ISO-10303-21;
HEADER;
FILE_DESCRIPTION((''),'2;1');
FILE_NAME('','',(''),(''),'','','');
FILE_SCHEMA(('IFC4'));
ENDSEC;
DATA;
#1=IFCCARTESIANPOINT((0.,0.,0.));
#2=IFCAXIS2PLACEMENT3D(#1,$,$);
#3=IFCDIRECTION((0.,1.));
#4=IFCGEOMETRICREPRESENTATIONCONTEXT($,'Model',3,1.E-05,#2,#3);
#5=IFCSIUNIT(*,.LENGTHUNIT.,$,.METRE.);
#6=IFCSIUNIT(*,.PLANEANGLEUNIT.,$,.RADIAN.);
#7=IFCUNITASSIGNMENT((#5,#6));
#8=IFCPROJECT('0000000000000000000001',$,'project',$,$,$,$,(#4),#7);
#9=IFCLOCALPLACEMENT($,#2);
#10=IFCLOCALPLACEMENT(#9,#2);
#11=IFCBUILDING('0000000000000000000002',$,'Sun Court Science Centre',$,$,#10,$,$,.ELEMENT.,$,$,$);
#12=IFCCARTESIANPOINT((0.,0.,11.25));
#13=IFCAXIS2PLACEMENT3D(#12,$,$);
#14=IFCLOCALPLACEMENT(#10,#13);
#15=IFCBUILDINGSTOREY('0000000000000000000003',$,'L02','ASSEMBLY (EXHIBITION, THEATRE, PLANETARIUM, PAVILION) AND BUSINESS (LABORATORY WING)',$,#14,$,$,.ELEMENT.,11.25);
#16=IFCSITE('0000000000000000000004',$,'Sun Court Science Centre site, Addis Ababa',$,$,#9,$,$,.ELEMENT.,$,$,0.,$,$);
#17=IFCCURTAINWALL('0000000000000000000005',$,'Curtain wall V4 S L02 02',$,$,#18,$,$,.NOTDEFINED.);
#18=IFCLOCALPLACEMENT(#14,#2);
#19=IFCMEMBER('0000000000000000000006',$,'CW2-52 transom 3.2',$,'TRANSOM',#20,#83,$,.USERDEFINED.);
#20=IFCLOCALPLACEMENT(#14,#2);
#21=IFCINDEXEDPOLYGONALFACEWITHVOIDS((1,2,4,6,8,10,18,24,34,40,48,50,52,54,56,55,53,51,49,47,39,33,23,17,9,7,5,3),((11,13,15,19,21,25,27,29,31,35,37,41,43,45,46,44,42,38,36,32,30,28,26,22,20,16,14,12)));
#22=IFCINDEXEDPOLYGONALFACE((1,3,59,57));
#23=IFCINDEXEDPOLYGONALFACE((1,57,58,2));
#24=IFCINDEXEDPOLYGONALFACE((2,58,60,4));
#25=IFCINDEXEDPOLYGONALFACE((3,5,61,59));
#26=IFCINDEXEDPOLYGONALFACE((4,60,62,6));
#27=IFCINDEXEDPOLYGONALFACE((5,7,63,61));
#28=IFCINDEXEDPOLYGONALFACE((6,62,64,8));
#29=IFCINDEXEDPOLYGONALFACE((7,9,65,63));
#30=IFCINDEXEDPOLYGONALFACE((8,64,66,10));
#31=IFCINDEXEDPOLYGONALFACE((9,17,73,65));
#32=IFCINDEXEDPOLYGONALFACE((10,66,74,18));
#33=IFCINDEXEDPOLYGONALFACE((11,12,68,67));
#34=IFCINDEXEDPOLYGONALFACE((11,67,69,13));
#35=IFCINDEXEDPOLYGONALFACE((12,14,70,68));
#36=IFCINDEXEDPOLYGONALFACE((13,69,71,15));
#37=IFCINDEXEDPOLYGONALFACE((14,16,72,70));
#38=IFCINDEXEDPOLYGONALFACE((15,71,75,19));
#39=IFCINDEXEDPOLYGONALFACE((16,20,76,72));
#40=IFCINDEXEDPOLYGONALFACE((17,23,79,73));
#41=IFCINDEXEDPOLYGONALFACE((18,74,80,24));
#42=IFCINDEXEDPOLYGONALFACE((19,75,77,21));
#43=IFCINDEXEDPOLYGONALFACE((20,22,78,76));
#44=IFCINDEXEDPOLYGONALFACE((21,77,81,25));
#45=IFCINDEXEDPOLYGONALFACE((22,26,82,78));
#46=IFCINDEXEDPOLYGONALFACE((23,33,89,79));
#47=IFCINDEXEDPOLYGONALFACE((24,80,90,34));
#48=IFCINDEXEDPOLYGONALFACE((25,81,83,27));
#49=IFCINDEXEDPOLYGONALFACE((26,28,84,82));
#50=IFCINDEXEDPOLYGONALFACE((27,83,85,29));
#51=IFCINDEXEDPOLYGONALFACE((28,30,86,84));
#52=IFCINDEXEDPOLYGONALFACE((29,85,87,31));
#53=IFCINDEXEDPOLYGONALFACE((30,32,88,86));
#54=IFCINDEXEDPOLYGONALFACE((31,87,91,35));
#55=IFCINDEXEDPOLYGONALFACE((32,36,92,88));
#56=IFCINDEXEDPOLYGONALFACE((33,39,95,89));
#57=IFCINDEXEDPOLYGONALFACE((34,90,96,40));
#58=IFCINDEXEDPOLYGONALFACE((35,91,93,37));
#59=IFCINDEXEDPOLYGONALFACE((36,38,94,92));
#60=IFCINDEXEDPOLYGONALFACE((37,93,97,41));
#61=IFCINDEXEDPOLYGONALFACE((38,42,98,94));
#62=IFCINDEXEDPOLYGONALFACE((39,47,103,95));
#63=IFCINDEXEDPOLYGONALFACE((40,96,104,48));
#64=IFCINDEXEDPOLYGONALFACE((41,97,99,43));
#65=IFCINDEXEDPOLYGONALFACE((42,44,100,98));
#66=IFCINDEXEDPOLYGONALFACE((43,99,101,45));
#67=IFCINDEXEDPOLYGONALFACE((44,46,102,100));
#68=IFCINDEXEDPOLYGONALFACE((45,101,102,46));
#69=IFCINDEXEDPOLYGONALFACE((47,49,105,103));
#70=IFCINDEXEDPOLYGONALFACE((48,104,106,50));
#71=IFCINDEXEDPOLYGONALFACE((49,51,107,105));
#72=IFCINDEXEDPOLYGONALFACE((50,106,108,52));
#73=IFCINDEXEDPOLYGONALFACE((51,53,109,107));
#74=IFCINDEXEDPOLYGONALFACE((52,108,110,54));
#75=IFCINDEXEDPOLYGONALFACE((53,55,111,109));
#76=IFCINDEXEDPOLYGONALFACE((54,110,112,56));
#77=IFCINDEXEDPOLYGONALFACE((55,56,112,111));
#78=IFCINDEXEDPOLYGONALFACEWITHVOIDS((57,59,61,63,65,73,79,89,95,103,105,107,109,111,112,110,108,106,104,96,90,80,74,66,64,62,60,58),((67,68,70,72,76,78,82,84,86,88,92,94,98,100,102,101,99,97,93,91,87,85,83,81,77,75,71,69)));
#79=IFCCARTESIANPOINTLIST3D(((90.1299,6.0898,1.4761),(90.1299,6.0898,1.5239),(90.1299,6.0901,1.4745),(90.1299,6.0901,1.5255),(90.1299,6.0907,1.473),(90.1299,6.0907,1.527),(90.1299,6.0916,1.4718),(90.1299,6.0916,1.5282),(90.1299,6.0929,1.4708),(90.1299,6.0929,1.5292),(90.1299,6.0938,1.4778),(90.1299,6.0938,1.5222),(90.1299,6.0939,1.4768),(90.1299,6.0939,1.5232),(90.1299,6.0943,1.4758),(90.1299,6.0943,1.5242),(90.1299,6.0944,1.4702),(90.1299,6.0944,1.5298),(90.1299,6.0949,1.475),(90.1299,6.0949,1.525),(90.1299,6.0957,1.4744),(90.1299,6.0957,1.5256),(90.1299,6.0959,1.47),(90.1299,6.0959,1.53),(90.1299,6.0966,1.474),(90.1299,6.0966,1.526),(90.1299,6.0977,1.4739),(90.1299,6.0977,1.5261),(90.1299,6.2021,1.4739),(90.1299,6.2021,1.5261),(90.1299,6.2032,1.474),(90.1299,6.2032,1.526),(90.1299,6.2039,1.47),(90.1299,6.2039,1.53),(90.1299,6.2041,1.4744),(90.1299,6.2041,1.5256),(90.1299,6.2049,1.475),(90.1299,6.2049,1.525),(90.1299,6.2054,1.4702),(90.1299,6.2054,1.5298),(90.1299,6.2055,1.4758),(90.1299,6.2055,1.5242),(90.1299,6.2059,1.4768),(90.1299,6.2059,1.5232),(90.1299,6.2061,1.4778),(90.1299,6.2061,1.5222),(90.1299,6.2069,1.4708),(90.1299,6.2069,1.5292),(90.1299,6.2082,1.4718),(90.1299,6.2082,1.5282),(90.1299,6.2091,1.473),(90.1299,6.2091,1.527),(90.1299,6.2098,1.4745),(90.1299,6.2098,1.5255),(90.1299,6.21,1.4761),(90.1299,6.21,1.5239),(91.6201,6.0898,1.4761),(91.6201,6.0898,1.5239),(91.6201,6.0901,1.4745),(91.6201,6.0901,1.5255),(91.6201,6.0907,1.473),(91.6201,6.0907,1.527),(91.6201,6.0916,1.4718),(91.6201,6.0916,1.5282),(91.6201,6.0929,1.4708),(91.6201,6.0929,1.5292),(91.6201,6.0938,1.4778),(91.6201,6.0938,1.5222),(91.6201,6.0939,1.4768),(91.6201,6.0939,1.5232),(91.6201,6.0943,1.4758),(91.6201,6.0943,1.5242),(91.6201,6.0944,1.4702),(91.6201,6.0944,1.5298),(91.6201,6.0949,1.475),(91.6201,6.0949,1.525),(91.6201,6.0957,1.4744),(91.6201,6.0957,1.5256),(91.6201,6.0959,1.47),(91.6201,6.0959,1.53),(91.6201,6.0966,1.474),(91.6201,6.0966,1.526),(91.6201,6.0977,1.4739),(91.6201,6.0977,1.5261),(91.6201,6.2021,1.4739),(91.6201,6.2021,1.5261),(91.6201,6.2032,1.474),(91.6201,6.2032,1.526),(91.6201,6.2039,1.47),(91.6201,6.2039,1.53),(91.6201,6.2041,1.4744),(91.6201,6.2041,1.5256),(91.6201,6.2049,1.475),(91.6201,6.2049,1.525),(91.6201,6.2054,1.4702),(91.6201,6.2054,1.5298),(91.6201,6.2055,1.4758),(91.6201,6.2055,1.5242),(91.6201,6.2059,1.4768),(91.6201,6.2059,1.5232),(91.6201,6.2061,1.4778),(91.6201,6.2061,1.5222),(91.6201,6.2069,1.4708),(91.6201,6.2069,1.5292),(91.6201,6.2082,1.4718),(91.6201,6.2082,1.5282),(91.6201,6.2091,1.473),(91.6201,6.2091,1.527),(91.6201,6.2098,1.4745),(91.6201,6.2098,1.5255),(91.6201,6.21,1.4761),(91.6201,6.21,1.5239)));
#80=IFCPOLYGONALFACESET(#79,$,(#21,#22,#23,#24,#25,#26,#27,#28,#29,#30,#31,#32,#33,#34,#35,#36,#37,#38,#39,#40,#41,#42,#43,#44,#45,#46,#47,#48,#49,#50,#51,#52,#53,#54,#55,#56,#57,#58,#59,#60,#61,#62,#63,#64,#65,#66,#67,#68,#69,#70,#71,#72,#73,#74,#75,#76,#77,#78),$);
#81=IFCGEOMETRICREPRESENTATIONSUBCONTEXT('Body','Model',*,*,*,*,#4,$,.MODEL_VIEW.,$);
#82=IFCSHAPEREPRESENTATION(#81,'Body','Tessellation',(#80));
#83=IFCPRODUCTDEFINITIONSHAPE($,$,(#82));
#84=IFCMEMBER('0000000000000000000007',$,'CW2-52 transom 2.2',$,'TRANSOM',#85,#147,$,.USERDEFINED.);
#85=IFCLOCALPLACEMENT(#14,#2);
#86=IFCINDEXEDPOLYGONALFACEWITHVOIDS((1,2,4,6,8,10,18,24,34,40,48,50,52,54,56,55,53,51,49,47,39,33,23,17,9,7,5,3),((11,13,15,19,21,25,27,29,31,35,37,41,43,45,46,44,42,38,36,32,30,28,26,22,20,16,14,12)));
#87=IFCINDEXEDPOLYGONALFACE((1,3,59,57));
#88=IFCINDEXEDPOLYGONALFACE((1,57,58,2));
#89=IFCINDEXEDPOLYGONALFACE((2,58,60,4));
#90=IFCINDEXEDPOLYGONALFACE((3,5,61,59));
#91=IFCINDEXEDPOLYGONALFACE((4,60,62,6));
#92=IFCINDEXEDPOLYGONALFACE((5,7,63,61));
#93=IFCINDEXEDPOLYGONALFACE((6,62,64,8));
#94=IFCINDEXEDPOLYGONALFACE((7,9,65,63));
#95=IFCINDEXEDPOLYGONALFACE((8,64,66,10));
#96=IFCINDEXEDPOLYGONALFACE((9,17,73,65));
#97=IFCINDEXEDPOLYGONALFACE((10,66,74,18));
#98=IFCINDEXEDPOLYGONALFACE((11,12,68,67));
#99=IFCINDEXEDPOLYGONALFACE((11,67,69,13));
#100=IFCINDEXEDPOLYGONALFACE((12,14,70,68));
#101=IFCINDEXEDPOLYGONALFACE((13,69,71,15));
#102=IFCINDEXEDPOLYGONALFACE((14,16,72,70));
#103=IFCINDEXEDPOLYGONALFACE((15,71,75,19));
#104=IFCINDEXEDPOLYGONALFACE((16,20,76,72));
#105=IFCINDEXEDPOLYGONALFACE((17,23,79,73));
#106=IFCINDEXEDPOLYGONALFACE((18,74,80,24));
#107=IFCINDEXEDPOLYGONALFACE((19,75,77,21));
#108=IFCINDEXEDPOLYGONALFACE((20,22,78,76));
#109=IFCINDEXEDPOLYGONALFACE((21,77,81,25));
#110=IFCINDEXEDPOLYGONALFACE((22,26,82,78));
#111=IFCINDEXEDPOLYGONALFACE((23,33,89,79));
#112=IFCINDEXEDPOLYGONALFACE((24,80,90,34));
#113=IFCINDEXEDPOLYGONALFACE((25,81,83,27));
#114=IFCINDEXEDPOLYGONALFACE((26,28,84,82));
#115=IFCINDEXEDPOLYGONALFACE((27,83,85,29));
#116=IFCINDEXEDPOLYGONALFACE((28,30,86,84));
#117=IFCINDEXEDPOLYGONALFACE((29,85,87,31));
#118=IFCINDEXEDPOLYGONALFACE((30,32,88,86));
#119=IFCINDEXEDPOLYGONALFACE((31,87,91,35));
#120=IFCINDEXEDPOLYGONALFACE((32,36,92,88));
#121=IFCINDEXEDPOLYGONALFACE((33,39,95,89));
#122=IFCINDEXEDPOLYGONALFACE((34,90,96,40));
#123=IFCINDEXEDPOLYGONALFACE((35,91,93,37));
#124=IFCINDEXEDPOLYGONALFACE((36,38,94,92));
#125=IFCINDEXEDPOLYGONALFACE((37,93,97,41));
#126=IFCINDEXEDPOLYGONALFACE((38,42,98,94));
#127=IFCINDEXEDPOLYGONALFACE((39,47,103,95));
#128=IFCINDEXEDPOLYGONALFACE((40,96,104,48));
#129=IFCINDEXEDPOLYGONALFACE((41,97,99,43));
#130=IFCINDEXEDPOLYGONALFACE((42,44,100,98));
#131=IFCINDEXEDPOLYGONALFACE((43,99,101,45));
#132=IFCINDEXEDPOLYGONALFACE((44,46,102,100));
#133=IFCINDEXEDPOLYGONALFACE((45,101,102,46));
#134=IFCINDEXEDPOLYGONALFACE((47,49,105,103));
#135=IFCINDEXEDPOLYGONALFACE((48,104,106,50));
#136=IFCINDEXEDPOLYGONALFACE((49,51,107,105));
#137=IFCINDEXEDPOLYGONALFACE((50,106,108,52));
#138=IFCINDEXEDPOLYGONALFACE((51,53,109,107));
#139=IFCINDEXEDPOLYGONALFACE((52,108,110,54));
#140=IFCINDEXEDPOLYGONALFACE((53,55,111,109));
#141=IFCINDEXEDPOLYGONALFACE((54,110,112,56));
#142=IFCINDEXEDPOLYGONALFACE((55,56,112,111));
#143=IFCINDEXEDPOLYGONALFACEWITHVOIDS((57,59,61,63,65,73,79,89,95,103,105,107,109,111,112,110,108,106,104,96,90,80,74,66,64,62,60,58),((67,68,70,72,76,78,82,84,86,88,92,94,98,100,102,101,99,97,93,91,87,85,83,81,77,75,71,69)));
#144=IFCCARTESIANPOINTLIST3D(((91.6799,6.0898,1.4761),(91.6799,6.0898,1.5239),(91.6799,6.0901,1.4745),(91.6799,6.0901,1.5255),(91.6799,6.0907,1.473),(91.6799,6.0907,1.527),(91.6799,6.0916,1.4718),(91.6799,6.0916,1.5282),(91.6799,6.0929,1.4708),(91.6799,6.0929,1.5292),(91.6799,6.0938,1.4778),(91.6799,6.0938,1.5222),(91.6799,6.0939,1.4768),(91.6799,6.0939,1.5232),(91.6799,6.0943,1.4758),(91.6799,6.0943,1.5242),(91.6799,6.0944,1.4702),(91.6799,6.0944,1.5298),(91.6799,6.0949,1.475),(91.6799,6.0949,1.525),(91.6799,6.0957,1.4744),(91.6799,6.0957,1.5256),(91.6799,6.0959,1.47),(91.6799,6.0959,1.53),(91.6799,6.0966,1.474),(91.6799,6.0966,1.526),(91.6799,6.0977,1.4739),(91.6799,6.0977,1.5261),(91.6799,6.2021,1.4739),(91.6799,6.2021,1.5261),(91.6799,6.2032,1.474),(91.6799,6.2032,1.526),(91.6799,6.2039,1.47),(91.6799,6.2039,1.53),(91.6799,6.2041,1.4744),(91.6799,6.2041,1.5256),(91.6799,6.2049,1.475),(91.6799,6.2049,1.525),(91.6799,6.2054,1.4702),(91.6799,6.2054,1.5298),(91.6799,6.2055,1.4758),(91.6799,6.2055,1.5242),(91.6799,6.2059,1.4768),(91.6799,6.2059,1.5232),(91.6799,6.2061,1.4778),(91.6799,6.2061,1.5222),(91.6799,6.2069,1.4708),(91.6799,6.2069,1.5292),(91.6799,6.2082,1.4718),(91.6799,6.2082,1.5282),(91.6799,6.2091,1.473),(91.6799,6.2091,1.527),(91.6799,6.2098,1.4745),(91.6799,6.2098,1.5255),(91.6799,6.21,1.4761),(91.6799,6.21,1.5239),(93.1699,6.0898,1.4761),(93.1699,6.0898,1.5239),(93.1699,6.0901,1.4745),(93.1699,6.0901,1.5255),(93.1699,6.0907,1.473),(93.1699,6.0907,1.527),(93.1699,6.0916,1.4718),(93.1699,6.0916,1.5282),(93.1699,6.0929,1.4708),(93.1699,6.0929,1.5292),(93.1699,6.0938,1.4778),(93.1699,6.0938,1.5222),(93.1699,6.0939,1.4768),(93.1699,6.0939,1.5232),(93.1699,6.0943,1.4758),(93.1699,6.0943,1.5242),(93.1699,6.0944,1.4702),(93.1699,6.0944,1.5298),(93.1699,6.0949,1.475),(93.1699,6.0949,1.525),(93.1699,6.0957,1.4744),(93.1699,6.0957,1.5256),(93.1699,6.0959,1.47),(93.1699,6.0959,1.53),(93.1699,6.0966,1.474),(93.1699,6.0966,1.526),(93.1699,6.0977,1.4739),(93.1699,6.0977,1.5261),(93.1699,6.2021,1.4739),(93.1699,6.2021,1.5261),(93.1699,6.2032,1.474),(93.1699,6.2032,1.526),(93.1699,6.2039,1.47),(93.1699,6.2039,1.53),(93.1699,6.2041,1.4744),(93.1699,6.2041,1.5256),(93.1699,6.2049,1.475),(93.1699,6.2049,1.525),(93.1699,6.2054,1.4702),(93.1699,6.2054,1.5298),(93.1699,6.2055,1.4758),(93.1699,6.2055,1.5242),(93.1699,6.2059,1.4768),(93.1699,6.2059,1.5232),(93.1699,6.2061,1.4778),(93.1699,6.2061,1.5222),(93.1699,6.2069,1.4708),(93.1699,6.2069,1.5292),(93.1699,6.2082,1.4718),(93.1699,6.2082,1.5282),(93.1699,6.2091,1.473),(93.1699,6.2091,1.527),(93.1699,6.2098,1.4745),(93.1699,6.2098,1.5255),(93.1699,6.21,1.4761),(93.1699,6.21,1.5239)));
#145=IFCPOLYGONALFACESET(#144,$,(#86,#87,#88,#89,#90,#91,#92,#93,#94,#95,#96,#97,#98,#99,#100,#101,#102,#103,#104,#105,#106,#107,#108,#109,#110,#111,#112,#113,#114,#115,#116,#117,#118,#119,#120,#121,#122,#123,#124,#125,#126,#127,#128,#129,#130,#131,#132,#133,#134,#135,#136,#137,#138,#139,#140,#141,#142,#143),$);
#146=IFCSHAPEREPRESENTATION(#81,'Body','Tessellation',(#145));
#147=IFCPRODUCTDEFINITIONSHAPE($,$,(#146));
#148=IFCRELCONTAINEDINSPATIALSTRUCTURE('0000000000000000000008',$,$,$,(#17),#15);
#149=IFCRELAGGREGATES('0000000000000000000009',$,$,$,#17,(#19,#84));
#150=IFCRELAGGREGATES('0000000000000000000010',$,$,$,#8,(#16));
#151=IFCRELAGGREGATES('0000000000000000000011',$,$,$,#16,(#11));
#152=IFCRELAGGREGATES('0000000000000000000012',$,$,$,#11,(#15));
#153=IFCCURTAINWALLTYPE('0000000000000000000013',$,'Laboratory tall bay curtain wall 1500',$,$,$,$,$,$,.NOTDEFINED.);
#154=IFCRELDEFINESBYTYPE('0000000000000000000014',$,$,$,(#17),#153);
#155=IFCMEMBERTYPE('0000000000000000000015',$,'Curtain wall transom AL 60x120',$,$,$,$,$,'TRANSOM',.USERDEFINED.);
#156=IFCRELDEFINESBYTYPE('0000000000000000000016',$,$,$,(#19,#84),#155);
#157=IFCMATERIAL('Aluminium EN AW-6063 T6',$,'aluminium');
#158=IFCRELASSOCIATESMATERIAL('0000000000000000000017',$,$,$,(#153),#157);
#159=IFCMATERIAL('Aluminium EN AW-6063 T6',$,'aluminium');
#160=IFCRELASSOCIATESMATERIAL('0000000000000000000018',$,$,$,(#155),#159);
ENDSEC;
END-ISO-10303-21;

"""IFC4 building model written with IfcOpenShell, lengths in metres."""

from ifc_helpers import new_model, si_unit, direction, frame, origin, origin_2d, place, context, subcontext, project, spatial, hollow_rectangle, extrude, material, material_profile, profile_set, type_object, element, aggregate, save


model = new_model("IFC4")

# Units and contexts
model_context = context("Model", 3, precision=1e-05, world=origin(), true_north=direction((0.0, 1.0)))
body_context = subcontext(model_context, "Body", "Model", "MODEL_VIEW")
ifc_project = project(units=[si_unit("LENGTHUNIT", "METRE"), si_unit("PLANEANGLEUNIT", "RADIAN")], contexts=[model_context])

# Site, building, storey
site_placement = place(None, origin())
site = spatial("IfcSite", under=ifc_project, at=site_placement, Name="Sun Court Science Centre site, Addis Ababa", CompositionType="ELEMENT", RefElevation=0.0)
building_placement = place(site_placement, origin())
building = spatial("IfcBuilding", under=site, at=building_placement, Name="Sun Court Science Centre", CompositionType="ELEMENT")
storey_placement = place(building_placement, frame((0.0, 0.0, 11.25)))
storey = spatial("IfcBuildingStorey", under=building, at=storey_placement, Name="L02", Description="ASSEMBLY (EXHIBITION, THEATRE, PLANETARIUM, PAVILION) AND BUSINESS (LABORATORY WING)", CompositionType="ELEMENT", Elevation=11.25)

# Curtain wall, members
ifc_material_1 = material(Name="Aluminium EN AW-6063 T6", Category="aluminium")
curtain_wall_type = type_object("IfcCurtainWallType", Name="Laboratory tall bay curtain wall 1500", PredefinedType="NOTDEFINED", material=ifc_material_1)
curtain_wall_placement = place(storey_placement, origin())
curtain_wall = element("IfcCurtainWall", 1, at=curtain_wall_placement, inside=storey, type_object=curtain_wall_type, Name="Curtain wall V4 S L02 02", PredefinedType="NOTDEFINED")
ifc_material_2 = material(Name="Aluminium EN AW-6063 T6", Category="aluminium")
ifc_material_profile_1 = material_profile(ifc_material_2, hollow_rectangle(XDim=0.0601, YDim=0.1201, WallThickness=0.0039, InnerFilletRadius=0.0039, OuterFilletRadius=0.0061, at=origin_2d()), Name="AL 60x120x4")
ifc_profile_set_1 = profile_set([ifc_material_profile_1], Name="Aluminium EN AW-6063 T6")
member_type_1 = type_object("IfcMemberType", Name="Curtain wall transom AL 60x120", ElementType="TRANSOM", PredefinedType="USERDEFINED", material=ifc_profile_set_1)
member_1_placement = place(storey_placement, frame((91.6201, 6.1499, 1.5), z_axis=(-1.0, 0.0, 0.0), x_axis=(0.0, 0.0, 1.0)))
member_1 = element("IfcMember", 2, at=member_1_placement, type_object=member_type_1, Name="CW2-52 transom 3.2", ObjectType="TRANSOM", PredefinedType="USERDEFINED", context=body_context, shape_type="SweptSolid", body=[
    extrude(hollow_rectangle(XDim=0.0601, YDim=0.1201, WallThickness=0.0039, InnerFilletRadius=0.0039, OuterFilletRadius=0.0061, at=origin_2d()), origin(), (0.0, 0.0, 1.0), 1.4902),
])
member_2_placement = place(storey_placement, frame((93.1699, 6.1499, 1.5), z_axis=(-1.0, 0.0, 0.0), x_axis=(0.0, 0.0, 1.0)))
member_2 = element("IfcMember", 3, at=member_2_placement, type_object=member_type_1, Name="CW2-52 transom 2.2", ObjectType="TRANSOM", PredefinedType="USERDEFINED", context=body_context, shape_type="SweptSolid", body=[
    extrude(hollow_rectangle(XDim=0.0601, YDim=0.1201, WallThickness=0.0039, InnerFilletRadius=0.0039, OuterFilletRadius=0.0061, at=origin_2d()), origin(), (0.0, 0.0, 1.0), 1.49),
])

aggregate(curtain_wall, [member_1, member_2])

save(model, "model.ifc")
